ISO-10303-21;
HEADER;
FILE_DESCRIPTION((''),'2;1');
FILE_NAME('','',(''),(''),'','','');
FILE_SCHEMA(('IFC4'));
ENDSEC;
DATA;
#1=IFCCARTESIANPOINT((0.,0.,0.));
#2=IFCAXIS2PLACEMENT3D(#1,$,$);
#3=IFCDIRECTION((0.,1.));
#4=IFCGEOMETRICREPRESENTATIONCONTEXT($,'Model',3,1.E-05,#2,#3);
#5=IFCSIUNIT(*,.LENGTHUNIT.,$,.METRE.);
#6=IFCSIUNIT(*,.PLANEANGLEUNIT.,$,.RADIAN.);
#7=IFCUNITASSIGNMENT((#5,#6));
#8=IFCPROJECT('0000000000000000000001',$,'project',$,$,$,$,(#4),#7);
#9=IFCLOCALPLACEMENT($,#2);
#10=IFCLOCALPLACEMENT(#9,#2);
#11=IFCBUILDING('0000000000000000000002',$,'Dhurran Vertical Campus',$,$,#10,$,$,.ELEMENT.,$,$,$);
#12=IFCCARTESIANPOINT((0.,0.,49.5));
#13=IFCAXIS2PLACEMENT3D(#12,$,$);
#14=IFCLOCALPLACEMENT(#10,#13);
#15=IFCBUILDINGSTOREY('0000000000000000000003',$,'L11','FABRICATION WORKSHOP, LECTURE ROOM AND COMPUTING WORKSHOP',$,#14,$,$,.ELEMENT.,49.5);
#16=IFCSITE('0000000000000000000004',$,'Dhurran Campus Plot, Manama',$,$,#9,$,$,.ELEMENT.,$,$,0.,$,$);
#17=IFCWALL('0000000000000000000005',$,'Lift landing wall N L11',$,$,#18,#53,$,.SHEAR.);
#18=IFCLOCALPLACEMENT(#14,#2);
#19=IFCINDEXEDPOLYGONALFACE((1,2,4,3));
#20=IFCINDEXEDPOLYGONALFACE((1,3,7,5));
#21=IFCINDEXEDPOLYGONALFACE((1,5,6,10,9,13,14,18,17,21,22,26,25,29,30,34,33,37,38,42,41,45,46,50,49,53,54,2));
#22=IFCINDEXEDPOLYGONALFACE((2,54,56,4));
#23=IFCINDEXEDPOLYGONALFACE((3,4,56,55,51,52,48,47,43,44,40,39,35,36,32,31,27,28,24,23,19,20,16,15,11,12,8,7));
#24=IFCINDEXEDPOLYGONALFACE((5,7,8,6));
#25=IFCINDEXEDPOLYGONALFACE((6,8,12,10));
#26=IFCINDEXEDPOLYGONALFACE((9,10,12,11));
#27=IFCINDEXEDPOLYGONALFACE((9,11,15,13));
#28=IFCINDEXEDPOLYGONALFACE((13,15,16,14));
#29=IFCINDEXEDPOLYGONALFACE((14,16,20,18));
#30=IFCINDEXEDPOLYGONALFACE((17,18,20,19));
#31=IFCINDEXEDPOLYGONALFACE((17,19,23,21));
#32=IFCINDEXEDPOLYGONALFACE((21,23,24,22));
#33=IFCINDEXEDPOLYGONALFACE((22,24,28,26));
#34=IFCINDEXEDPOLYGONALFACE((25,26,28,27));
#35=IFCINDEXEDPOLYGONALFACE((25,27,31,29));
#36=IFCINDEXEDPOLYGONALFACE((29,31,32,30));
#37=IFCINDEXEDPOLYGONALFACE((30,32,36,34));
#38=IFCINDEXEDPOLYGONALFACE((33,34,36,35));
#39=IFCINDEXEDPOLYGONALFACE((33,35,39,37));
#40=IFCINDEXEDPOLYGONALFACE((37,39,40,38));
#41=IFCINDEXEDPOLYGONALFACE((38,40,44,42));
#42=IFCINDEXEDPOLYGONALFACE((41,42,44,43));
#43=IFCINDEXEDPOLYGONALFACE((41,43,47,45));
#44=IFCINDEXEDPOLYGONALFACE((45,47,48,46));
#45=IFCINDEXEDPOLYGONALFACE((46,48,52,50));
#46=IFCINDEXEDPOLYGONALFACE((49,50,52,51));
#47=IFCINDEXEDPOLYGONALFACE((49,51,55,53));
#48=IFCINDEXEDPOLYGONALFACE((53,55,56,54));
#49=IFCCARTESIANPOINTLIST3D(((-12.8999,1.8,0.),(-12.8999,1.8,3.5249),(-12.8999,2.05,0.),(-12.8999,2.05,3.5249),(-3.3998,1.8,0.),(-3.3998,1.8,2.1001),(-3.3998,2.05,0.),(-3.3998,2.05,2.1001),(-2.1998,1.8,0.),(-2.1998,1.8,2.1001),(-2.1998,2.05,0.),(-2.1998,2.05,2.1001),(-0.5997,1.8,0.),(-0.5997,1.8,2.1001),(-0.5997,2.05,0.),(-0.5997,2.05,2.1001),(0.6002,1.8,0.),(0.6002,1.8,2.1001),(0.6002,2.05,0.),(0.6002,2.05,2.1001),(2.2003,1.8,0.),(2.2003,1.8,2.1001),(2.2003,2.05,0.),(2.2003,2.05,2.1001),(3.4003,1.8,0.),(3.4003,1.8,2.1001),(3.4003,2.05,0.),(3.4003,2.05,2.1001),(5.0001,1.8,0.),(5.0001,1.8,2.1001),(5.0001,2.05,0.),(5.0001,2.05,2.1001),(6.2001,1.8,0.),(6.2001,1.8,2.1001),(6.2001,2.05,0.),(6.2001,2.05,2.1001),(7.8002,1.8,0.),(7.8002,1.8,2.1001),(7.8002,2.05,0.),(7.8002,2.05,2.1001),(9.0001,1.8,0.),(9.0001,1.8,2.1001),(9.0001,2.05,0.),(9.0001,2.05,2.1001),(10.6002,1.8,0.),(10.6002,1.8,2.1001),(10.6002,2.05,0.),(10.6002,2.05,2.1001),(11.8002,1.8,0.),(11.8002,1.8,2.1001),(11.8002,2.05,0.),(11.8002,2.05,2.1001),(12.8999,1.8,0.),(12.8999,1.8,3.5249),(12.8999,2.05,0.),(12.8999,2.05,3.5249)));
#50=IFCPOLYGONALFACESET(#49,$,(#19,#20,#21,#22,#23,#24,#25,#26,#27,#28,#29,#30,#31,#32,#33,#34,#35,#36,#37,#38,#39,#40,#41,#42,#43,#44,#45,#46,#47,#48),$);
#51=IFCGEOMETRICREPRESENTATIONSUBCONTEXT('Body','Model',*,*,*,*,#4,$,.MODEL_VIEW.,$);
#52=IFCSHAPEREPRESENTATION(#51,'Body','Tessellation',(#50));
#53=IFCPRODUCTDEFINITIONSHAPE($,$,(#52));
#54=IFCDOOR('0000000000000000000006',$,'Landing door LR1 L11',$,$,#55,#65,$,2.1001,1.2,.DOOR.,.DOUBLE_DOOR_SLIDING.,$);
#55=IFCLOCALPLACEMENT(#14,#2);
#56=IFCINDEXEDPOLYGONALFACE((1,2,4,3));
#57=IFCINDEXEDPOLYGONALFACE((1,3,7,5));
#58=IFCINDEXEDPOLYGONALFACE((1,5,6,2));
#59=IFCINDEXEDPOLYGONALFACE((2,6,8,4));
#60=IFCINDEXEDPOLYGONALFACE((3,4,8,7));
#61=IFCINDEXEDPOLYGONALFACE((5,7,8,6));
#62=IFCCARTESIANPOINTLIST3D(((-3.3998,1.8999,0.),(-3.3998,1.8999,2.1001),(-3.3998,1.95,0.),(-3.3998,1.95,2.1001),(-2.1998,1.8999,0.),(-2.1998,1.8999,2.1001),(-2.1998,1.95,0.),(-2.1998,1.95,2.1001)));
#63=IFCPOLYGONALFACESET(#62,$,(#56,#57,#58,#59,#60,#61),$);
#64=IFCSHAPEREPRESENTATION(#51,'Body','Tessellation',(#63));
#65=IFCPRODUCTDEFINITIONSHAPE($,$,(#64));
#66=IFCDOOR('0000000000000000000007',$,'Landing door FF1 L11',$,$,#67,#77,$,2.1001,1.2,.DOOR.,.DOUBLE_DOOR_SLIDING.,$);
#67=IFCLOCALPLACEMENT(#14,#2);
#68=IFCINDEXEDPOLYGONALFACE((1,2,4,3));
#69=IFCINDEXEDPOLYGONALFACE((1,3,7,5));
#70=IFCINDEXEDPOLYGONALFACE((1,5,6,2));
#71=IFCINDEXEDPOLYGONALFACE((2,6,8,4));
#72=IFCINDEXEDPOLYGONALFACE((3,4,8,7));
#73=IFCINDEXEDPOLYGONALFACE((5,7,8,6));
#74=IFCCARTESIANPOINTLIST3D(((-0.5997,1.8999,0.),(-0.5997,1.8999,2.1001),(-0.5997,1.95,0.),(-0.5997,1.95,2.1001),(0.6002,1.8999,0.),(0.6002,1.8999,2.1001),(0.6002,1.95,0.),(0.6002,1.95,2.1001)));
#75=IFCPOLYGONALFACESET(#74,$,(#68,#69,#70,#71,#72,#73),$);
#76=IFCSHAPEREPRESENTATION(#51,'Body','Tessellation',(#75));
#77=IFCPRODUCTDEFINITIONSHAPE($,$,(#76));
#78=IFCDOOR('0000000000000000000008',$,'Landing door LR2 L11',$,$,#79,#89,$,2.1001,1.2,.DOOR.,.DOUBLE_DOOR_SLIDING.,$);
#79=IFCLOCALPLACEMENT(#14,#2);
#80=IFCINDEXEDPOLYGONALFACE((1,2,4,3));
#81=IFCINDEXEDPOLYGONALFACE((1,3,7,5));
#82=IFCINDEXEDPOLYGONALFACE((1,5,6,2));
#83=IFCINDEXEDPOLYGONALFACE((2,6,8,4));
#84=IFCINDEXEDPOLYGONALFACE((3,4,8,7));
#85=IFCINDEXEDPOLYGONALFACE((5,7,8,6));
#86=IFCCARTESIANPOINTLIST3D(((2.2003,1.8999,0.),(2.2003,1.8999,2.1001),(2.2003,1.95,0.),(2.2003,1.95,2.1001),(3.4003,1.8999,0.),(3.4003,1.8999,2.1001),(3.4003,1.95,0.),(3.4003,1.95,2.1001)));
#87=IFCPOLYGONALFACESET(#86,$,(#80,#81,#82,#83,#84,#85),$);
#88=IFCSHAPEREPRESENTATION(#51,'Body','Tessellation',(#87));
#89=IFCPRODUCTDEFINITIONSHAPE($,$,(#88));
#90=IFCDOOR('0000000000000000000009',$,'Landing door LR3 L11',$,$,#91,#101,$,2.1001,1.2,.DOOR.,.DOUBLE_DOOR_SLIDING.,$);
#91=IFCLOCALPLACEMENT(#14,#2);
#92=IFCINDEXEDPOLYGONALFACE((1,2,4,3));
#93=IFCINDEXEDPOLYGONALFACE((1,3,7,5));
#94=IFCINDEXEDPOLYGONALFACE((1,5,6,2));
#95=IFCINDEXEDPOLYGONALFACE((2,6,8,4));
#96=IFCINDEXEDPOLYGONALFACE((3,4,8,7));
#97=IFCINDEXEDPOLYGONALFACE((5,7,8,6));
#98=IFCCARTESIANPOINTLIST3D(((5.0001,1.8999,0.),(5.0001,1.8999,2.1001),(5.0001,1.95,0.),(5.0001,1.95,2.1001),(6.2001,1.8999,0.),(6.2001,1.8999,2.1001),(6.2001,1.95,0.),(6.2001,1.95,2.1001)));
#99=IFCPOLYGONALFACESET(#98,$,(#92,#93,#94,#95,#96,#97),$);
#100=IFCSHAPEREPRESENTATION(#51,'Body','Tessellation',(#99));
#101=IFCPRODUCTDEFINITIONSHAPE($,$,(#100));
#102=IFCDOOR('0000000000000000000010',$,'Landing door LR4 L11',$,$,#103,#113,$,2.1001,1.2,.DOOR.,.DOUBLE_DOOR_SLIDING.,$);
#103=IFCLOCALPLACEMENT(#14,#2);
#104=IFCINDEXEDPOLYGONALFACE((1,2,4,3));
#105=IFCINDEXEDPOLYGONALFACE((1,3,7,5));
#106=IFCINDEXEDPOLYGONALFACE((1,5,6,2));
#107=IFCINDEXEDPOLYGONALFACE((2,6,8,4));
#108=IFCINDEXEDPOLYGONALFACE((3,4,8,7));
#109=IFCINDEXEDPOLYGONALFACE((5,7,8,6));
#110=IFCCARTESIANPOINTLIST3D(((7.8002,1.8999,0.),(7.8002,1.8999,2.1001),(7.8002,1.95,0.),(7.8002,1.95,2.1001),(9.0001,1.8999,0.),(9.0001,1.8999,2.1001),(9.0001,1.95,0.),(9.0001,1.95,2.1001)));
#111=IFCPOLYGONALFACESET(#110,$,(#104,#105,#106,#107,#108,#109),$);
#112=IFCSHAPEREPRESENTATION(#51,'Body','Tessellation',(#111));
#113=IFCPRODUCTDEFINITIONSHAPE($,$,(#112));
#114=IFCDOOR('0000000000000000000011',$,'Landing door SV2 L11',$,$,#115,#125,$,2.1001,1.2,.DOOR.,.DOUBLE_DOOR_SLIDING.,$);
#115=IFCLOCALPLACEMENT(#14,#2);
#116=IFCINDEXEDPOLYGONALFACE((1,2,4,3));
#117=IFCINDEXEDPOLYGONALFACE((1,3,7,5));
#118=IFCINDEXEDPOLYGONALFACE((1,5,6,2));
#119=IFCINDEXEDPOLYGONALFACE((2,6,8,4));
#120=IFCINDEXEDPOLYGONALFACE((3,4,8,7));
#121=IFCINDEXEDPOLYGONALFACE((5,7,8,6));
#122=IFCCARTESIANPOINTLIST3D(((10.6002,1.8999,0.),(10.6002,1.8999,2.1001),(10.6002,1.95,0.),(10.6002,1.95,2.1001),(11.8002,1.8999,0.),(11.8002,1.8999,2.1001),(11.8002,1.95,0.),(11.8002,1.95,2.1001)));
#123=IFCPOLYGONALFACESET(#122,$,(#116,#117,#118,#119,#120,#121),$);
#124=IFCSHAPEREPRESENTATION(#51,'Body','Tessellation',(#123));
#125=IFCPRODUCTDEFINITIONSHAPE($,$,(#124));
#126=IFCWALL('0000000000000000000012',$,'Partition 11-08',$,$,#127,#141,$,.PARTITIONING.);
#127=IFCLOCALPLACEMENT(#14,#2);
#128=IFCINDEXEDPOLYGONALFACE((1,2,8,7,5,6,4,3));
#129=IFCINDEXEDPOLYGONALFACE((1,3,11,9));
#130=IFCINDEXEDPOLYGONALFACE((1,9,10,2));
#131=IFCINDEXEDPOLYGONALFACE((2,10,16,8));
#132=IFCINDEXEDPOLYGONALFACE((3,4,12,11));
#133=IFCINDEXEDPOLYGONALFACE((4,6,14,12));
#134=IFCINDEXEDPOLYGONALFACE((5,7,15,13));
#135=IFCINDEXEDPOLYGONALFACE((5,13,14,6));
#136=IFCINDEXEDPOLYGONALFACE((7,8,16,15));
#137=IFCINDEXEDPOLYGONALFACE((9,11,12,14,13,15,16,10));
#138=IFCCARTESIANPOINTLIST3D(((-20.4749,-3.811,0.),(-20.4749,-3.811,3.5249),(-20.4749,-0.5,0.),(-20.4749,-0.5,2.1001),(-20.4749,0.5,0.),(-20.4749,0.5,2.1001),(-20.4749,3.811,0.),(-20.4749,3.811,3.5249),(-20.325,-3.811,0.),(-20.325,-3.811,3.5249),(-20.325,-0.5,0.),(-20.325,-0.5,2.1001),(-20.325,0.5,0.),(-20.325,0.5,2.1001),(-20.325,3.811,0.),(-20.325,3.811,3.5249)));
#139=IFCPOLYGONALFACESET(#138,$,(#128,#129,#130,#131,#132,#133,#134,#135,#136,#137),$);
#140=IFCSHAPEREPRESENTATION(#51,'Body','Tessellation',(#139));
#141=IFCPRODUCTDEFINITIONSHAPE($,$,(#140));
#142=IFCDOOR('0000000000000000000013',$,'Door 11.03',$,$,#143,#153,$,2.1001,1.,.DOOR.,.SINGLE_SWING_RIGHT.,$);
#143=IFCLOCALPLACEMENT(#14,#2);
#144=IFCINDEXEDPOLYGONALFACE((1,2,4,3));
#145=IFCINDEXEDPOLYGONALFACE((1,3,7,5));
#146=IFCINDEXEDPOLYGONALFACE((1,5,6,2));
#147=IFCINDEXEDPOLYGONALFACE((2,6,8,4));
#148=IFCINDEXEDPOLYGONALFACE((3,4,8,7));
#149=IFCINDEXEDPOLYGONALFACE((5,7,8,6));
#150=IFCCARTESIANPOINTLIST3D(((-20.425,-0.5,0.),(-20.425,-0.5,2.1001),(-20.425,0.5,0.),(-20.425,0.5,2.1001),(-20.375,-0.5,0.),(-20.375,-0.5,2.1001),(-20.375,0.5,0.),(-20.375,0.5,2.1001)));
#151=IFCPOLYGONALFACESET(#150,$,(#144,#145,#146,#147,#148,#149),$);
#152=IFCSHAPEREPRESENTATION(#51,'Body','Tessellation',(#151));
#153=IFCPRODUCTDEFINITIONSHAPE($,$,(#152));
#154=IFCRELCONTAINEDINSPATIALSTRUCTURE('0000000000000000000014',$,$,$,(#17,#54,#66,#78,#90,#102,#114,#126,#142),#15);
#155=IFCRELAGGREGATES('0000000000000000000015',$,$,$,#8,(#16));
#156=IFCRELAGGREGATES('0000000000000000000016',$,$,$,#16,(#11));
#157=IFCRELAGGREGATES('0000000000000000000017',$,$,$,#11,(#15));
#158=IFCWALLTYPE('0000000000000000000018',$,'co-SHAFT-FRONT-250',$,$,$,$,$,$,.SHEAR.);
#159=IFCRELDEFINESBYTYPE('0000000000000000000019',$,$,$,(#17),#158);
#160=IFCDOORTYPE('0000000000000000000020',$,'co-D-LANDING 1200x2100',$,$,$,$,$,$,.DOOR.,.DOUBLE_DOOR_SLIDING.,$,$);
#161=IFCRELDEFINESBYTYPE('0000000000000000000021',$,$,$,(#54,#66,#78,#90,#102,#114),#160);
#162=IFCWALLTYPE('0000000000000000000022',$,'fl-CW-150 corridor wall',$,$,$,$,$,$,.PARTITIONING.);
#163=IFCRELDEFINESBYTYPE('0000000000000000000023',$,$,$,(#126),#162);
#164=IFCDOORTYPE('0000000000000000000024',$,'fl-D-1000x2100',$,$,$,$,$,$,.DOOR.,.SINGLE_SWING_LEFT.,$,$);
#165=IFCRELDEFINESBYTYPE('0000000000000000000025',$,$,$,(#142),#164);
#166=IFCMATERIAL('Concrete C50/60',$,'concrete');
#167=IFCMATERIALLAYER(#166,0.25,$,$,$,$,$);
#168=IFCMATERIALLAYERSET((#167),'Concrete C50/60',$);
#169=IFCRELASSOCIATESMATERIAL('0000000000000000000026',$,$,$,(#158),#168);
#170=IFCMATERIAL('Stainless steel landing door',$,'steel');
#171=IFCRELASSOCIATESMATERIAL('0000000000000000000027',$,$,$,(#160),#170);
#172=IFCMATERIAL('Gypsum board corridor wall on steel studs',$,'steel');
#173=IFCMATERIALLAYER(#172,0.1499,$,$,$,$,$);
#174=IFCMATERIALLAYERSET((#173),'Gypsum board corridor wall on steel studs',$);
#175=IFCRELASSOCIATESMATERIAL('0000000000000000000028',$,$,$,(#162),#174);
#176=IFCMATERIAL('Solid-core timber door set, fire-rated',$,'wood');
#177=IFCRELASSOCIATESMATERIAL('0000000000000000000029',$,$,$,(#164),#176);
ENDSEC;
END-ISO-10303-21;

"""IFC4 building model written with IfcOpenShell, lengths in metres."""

from ifc_helpers import new_model, si_unit, direction, frame, frame_2d, origin, place, context, subcontext, project, spatial, rectangle, extrude, material, layer, layer_set, type_object, element, fill, save


model = new_model("IFC4")

# Units and contexts
model_context = context("Model", 3, precision=1e-05, world=origin(), true_north=direction((0.0, 1.0)))
body_context = subcontext(model_context, "Body", "Model", "MODEL_VIEW")
ifc_project = project(units=[si_unit("LENGTHUNIT", "METRE"), si_unit("PLANEANGLEUNIT", "RADIAN")], contexts=[model_context])

# Site, building, storey
site_placement = place(None, origin())
site = spatial("IfcSite", under=ifc_project, at=site_placement, Name="Dhurran Campus Plot, Manama", CompositionType="ELEMENT", RefElevation=0.0)
building_placement = place(site_placement, origin())
building = spatial("IfcBuilding", under=site, at=building_placement, Name="Dhurran Vertical Campus", CompositionType="ELEMENT")
storey_placement = place(building_placement, frame((0.0, 0.0, 49.5)))
storey = spatial("IfcBuildingStorey", under=building, at=storey_placement, Name="L11", Description="FABRICATION WORKSHOP, LECTURE ROOM AND COMPUTING WORKSHOP", CompositionType="ELEMENT", Elevation=49.5)

# Wall, openings, doors
ifc_material_1 = material(Name="Concrete C50/60", Category="concrete")
ifc_layer_1 = layer(ifc_material_1, 0.25)
ifc_layer_set_1 = layer_set([ifc_layer_1], Name="Concrete C50/60")
wall_type_1 = type_object("IfcWallType", Name="co-SHAFT-FRONT-250", PredefinedType="SHEAR", material=ifc_layer_set_1)
wall_1_placement = place(storey_placement, frame((-12.8999, 1.925, 0.0), z_axis=(0.0, 0.0, 1.0), x_axis=(1.0, 0.0, 0.0)))
wall_1 = element("IfcWall", 1, at=wall_1_placement, inside=storey, type_object=wall_type_1, Name="Lift landing wall N L11", PredefinedType="SHEAR", context=body_context, shape_type="SweptSolid", body=[
    extrude(rectangle(XDim=25.7998, YDim=0.25, at=frame_2d((12.8999, 0.0))), origin(), (0.0, 0.0, 1.0), 3.5249),
])
opening_1_placement = place(wall_1_placement, frame((9.5, 0.0, 0.0)))
opening_1 = element("IfcOpeningElement", 2, at=opening_1_placement, cuts=wall_1, PredefinedType="OPENING", context=body_context, shape_type="SweptSolid", body=[
    extrude(rectangle(XDim=1.2, YDim=2.1001, at=frame_2d((0.6001, 1.05))), frame((0.0, 0.135, 0.0), z_axis=(0.0, -1.0, 0.0), x_axis=(1.0, 0.0, 0.0)), (0.0, 0.0, 1.0), 0.27),
])
opening_2_placement = place(wall_1_placement, frame((12.3, 0.0, 0.0)))
opening_2 = element("IfcOpeningElement", 3, at=opening_2_placement, cuts=wall_1, PredefinedType="OPENING", context=body_context, shape_type="SweptSolid", body=[
    extrude(rectangle(XDim=1.2, YDim=2.1001, at=frame_2d((0.6001, 1.05))), frame((0.0, 0.135, 0.0), z_axis=(0.0, -1.0, 0.0), x_axis=(1.0, 0.0, 0.0)), (0.0, 0.0, 1.0), 0.27),
])
opening_3_placement = place(wall_1_placement, frame((15.1001, 0.0, 0.0)))
opening_3 = element("IfcOpeningElement", 4, at=opening_3_placement, cuts=wall_1, PredefinedType="OPENING", context=body_context, shape_type="SweptSolid", body=[
    extrude(rectangle(XDim=1.2, YDim=2.1001, at=frame_2d((0.6001, 1.05))), frame((0.0, 0.135, 0.0), z_axis=(0.0, -1.0, 0.0), x_axis=(1.0, 0.0, 0.0)), (0.0, 0.0, 1.0), 0.27),
])
opening_4_placement = place(wall_1_placement, frame((17.8999, 0.0, 0.0)))
opening_4 = element("IfcOpeningElement", 5, at=opening_4_placement, cuts=wall_1, PredefinedType="OPENING", context=body_context, shape_type="SweptSolid", body=[
    extrude(rectangle(XDim=1.2, YDim=2.1001, at=frame_2d((0.6001, 1.05))), frame((0.0, 0.135, 0.0), z_axis=(0.0, -1.0, 0.0), x_axis=(1.0, 0.0, 0.0)), (0.0, 0.0, 1.0), 0.27),
])
opening_5_placement = place(wall_1_placement, frame((20.7, 0.0, 0.0)))
opening_5 = element("IfcOpeningElement", 6, at=opening_5_placement, cuts=wall_1, PredefinedType="OPENING", context=body_context, shape_type="SweptSolid", body=[
    extrude(rectangle(XDim=1.2, YDim=2.1001, at=frame_2d((0.6001, 1.05))), frame((0.0, 0.135, 0.0), z_axis=(0.0, -1.0, 0.0), x_axis=(1.0, 0.0, 0.0)), (0.0, 0.0, 1.0), 0.27),
])
opening_6_placement = place(wall_1_placement, frame((23.5, 0.0, 0.0)))
opening_6 = element("IfcOpeningElement", 7, at=opening_6_placement, cuts=wall_1, PredefinedType="OPENING", context=body_context, shape_type="SweptSolid", body=[
    extrude(rectangle(XDim=1.2, YDim=2.1001, at=frame_2d((0.6001, 1.05))), frame((0.0, 0.135, 0.0), z_axis=(0.0, -1.0, 0.0), x_axis=(1.0, 0.0, 0.0)), (0.0, 0.0, 1.0), 0.27),
])
ifc_material_2 = material(Name="Stainless steel landing door", Category="steel")
door_type_1 = type_object("IfcDoorType", Name="co-D-LANDING 1200x2100", OperationType="DOUBLE_DOOR_SLIDING", PredefinedType="DOOR", material=ifc_material_2)
door_1_placement = place(opening_1_placement, origin())
door_1 = element("IfcDoor", 8, at=door_1_placement, inside=storey, type_object=door_type_1, Name="Landing door LR1 L11", OperationType="DOUBLE_DOOR_SLIDING", OverallHeight=2.1001, OverallWidth=1.2, PredefinedType="DOOR", context=body_context, shape_type="SweptSolid", body=[
    extrude(rectangle(XDim=1.2, YDim=2.1001, at=frame_2d((0.6001, 1.05))), frame((0.0, 0.0249, 0.0), z_axis=(0.0, -1.0, 0.0), x_axis=(1.0, 0.0, 0.0)), (0.0, 0.0, 1.0), 0.05),
])
fill(opening_1, door_1)
door_2_placement = place(opening_2_placement, origin())
door_2 = element("IfcDoor", 9, at=door_2_placement, inside=storey, type_object=door_type_1, Name="Landing door FF1 L11", OperationType="DOUBLE_DOOR_SLIDING", OverallHeight=2.1001, OverallWidth=1.2, PredefinedType="DOOR", context=body_context, shape_type="SweptSolid", body=[
    extrude(rectangle(XDim=1.2, YDim=2.1001, at=frame_2d((0.6001, 1.05))), frame((0.0, 0.0249, 0.0), z_axis=(0.0, -1.0, 0.0), x_axis=(1.0, 0.0, 0.0)), (0.0, 0.0, 1.0), 0.05),
])
fill(opening_2, door_2)
door_3_placement = place(opening_3_placement, origin())
door_3 = element("IfcDoor", 10, at=door_3_placement, inside=storey, type_object=door_type_1, Name="Landing door LR2 L11", OperationType="DOUBLE_DOOR_SLIDING", OverallHeight=2.1001, OverallWidth=1.2, PredefinedType="DOOR", context=body_context, shape_type="SweptSolid", body=[
    extrude(rectangle(XDim=1.2, YDim=2.1001, at=frame_2d((0.6001, 1.05))), frame((0.0, 0.0249, 0.0), z_axis=(0.0, -1.0, 0.0), x_axis=(1.0, 0.0, 0.0)), (0.0, 0.0, 1.0), 0.05),
])
fill(opening_3, door_3)
door_4_placement = place(opening_4_placement, origin())
door_4 = element("IfcDoor", 11, at=door_4_placement, inside=storey, type_object=door_type_1, Name="Landing door LR3 L11", OperationType="DOUBLE_DOOR_SLIDING", OverallHeight=2.1001, OverallWidth=1.2, PredefinedType="DOOR", context=body_context, shape_type="SweptSolid", body=[
    extrude(rectangle(XDim=1.2, YDim=2.1001, at=frame_2d((0.6001, 1.05))), frame((0.0, 0.0249, 0.0), z_axis=(0.0, -1.0, 0.0), x_axis=(1.0, 0.0, 0.0)), (0.0, 0.0, 1.0), 0.05),
])
fill(opening_4, door_4)
door_5_placement = place(opening_5_placement, origin())
door_5 = element("IfcDoor", 12, at=door_5_placement, inside=storey, type_object=door_type_1, Name="Landing door LR4 L11", OperationType="DOUBLE_DOOR_SLIDING", OverallHeight=2.1001, OverallWidth=1.2, PredefinedType="DOOR", context=body_context, shape_type="SweptSolid", body=[
    extrude(rectangle(XDim=1.2, YDim=2.1001, at=frame_2d((0.6001, 1.05))), frame((0.0, 0.0249, 0.0), z_axis=(0.0, -1.0, 0.0), x_axis=(1.0, 0.0, 0.0)), (0.0, 0.0, 1.0), 0.05),
])
fill(opening_5, door_5)
door_6_placement = place(opening_6_placement, origin())
door_6 = element("IfcDoor", 13, at=door_6_placement, inside=storey, type_object=door_type_1, Name="Landing door SV2 L11", OperationType="DOUBLE_DOOR_SLIDING", OverallHeight=2.1001, OverallWidth=1.2, PredefinedType="DOOR", context=body_context, shape_type="SweptSolid", body=[
    extrude(rectangle(XDim=1.2, YDim=2.1001, at=frame_2d((0.6001, 1.05))), frame((0.0, 0.0249, 0.0), z_axis=(0.0, -1.0, 0.0), x_axis=(1.0, 0.0, 0.0)), (0.0, 0.0, 1.0), 0.05),
])
fill(opening_6, door_6)

# Wall, opening, door
ifc_material_3 = material(Name="Gypsum board corridor wall on steel studs", Category="steel")
ifc_layer_2 = layer(ifc_material_3, 0.1499)
ifc_layer_set_2 = layer_set([ifc_layer_2], Name="Gypsum board corridor wall on steel studs")
wall_type_2 = type_object("IfcWallType", Name="fl-CW-150 corridor wall", PredefinedType="PARTITIONING", material=ifc_layer_set_2)
wall_2_placement = place(storey_placement, frame((-20.3999, 3.811, 0.0), z_axis=(0.0, 0.0, 1.0), x_axis=(0.0, -1.0, 0.0)))
wall_2 = element("IfcWall", 14, at=wall_2_placement, inside=storey, type_object=wall_type_2, Name="Partition 11-08", PredefinedType="PARTITIONING", context=body_context, shape_type="SweptSolid", body=[
    extrude(rectangle(XDim=7.6221, YDim=0.1499, at=frame_2d((3.811, 0.0))), origin(), (0.0, 0.0, 1.0), 3.5249),
])
opening_7_placement = place(wall_2_placement, frame((3.311, 0.0, 0.0)))
opening_7 = element("IfcOpeningElement", 15, at=opening_7_placement, cuts=wall_2, PredefinedType="OPENING", context=body_context, shape_type="SweptSolid", body=[
    extrude(rectangle(XDim=1.0, YDim=2.1001, at=frame_2d((0.5, 1.05))), frame((0.0, 0.085, 0.0), z_axis=(0.0, -1.0, 0.0), x_axis=(1.0, 0.0, 0.0)), (0.0, 0.0, 1.0), 0.1699),
])
ifc_material_4 = material(Name="Solid-core timber door set, fire-rated", Category="wood")
door_type_2 = type_object("IfcDoorType", Name="fl-D-1000x2100", OperationType="SINGLE_SWING_LEFT", PredefinedType="DOOR", material=ifc_material_4)
door_7_placement = place(opening_7_placement, origin())
door_7 = element("IfcDoor", 16, at=door_7_placement, inside=storey, type_object=door_type_2, Name="Door 11.03", OperationType="SINGLE_SWING_RIGHT", OverallHeight=2.1001, OverallWidth=1.0, PredefinedType="DOOR", context=body_context, shape_type="SweptSolid", body=[
    extrude(rectangle(XDim=1.0, YDim=2.1001, at=frame_2d((0.5, 1.05))), frame((0.0, 0.0249, 0.0), z_axis=(0.0, -1.0, 0.0), x_axis=(1.0, 0.0, 0.0)), (0.0, 0.0, 1.0), 0.05),
])
fill(opening_7, door_7)

save(model, "model.ifc")
